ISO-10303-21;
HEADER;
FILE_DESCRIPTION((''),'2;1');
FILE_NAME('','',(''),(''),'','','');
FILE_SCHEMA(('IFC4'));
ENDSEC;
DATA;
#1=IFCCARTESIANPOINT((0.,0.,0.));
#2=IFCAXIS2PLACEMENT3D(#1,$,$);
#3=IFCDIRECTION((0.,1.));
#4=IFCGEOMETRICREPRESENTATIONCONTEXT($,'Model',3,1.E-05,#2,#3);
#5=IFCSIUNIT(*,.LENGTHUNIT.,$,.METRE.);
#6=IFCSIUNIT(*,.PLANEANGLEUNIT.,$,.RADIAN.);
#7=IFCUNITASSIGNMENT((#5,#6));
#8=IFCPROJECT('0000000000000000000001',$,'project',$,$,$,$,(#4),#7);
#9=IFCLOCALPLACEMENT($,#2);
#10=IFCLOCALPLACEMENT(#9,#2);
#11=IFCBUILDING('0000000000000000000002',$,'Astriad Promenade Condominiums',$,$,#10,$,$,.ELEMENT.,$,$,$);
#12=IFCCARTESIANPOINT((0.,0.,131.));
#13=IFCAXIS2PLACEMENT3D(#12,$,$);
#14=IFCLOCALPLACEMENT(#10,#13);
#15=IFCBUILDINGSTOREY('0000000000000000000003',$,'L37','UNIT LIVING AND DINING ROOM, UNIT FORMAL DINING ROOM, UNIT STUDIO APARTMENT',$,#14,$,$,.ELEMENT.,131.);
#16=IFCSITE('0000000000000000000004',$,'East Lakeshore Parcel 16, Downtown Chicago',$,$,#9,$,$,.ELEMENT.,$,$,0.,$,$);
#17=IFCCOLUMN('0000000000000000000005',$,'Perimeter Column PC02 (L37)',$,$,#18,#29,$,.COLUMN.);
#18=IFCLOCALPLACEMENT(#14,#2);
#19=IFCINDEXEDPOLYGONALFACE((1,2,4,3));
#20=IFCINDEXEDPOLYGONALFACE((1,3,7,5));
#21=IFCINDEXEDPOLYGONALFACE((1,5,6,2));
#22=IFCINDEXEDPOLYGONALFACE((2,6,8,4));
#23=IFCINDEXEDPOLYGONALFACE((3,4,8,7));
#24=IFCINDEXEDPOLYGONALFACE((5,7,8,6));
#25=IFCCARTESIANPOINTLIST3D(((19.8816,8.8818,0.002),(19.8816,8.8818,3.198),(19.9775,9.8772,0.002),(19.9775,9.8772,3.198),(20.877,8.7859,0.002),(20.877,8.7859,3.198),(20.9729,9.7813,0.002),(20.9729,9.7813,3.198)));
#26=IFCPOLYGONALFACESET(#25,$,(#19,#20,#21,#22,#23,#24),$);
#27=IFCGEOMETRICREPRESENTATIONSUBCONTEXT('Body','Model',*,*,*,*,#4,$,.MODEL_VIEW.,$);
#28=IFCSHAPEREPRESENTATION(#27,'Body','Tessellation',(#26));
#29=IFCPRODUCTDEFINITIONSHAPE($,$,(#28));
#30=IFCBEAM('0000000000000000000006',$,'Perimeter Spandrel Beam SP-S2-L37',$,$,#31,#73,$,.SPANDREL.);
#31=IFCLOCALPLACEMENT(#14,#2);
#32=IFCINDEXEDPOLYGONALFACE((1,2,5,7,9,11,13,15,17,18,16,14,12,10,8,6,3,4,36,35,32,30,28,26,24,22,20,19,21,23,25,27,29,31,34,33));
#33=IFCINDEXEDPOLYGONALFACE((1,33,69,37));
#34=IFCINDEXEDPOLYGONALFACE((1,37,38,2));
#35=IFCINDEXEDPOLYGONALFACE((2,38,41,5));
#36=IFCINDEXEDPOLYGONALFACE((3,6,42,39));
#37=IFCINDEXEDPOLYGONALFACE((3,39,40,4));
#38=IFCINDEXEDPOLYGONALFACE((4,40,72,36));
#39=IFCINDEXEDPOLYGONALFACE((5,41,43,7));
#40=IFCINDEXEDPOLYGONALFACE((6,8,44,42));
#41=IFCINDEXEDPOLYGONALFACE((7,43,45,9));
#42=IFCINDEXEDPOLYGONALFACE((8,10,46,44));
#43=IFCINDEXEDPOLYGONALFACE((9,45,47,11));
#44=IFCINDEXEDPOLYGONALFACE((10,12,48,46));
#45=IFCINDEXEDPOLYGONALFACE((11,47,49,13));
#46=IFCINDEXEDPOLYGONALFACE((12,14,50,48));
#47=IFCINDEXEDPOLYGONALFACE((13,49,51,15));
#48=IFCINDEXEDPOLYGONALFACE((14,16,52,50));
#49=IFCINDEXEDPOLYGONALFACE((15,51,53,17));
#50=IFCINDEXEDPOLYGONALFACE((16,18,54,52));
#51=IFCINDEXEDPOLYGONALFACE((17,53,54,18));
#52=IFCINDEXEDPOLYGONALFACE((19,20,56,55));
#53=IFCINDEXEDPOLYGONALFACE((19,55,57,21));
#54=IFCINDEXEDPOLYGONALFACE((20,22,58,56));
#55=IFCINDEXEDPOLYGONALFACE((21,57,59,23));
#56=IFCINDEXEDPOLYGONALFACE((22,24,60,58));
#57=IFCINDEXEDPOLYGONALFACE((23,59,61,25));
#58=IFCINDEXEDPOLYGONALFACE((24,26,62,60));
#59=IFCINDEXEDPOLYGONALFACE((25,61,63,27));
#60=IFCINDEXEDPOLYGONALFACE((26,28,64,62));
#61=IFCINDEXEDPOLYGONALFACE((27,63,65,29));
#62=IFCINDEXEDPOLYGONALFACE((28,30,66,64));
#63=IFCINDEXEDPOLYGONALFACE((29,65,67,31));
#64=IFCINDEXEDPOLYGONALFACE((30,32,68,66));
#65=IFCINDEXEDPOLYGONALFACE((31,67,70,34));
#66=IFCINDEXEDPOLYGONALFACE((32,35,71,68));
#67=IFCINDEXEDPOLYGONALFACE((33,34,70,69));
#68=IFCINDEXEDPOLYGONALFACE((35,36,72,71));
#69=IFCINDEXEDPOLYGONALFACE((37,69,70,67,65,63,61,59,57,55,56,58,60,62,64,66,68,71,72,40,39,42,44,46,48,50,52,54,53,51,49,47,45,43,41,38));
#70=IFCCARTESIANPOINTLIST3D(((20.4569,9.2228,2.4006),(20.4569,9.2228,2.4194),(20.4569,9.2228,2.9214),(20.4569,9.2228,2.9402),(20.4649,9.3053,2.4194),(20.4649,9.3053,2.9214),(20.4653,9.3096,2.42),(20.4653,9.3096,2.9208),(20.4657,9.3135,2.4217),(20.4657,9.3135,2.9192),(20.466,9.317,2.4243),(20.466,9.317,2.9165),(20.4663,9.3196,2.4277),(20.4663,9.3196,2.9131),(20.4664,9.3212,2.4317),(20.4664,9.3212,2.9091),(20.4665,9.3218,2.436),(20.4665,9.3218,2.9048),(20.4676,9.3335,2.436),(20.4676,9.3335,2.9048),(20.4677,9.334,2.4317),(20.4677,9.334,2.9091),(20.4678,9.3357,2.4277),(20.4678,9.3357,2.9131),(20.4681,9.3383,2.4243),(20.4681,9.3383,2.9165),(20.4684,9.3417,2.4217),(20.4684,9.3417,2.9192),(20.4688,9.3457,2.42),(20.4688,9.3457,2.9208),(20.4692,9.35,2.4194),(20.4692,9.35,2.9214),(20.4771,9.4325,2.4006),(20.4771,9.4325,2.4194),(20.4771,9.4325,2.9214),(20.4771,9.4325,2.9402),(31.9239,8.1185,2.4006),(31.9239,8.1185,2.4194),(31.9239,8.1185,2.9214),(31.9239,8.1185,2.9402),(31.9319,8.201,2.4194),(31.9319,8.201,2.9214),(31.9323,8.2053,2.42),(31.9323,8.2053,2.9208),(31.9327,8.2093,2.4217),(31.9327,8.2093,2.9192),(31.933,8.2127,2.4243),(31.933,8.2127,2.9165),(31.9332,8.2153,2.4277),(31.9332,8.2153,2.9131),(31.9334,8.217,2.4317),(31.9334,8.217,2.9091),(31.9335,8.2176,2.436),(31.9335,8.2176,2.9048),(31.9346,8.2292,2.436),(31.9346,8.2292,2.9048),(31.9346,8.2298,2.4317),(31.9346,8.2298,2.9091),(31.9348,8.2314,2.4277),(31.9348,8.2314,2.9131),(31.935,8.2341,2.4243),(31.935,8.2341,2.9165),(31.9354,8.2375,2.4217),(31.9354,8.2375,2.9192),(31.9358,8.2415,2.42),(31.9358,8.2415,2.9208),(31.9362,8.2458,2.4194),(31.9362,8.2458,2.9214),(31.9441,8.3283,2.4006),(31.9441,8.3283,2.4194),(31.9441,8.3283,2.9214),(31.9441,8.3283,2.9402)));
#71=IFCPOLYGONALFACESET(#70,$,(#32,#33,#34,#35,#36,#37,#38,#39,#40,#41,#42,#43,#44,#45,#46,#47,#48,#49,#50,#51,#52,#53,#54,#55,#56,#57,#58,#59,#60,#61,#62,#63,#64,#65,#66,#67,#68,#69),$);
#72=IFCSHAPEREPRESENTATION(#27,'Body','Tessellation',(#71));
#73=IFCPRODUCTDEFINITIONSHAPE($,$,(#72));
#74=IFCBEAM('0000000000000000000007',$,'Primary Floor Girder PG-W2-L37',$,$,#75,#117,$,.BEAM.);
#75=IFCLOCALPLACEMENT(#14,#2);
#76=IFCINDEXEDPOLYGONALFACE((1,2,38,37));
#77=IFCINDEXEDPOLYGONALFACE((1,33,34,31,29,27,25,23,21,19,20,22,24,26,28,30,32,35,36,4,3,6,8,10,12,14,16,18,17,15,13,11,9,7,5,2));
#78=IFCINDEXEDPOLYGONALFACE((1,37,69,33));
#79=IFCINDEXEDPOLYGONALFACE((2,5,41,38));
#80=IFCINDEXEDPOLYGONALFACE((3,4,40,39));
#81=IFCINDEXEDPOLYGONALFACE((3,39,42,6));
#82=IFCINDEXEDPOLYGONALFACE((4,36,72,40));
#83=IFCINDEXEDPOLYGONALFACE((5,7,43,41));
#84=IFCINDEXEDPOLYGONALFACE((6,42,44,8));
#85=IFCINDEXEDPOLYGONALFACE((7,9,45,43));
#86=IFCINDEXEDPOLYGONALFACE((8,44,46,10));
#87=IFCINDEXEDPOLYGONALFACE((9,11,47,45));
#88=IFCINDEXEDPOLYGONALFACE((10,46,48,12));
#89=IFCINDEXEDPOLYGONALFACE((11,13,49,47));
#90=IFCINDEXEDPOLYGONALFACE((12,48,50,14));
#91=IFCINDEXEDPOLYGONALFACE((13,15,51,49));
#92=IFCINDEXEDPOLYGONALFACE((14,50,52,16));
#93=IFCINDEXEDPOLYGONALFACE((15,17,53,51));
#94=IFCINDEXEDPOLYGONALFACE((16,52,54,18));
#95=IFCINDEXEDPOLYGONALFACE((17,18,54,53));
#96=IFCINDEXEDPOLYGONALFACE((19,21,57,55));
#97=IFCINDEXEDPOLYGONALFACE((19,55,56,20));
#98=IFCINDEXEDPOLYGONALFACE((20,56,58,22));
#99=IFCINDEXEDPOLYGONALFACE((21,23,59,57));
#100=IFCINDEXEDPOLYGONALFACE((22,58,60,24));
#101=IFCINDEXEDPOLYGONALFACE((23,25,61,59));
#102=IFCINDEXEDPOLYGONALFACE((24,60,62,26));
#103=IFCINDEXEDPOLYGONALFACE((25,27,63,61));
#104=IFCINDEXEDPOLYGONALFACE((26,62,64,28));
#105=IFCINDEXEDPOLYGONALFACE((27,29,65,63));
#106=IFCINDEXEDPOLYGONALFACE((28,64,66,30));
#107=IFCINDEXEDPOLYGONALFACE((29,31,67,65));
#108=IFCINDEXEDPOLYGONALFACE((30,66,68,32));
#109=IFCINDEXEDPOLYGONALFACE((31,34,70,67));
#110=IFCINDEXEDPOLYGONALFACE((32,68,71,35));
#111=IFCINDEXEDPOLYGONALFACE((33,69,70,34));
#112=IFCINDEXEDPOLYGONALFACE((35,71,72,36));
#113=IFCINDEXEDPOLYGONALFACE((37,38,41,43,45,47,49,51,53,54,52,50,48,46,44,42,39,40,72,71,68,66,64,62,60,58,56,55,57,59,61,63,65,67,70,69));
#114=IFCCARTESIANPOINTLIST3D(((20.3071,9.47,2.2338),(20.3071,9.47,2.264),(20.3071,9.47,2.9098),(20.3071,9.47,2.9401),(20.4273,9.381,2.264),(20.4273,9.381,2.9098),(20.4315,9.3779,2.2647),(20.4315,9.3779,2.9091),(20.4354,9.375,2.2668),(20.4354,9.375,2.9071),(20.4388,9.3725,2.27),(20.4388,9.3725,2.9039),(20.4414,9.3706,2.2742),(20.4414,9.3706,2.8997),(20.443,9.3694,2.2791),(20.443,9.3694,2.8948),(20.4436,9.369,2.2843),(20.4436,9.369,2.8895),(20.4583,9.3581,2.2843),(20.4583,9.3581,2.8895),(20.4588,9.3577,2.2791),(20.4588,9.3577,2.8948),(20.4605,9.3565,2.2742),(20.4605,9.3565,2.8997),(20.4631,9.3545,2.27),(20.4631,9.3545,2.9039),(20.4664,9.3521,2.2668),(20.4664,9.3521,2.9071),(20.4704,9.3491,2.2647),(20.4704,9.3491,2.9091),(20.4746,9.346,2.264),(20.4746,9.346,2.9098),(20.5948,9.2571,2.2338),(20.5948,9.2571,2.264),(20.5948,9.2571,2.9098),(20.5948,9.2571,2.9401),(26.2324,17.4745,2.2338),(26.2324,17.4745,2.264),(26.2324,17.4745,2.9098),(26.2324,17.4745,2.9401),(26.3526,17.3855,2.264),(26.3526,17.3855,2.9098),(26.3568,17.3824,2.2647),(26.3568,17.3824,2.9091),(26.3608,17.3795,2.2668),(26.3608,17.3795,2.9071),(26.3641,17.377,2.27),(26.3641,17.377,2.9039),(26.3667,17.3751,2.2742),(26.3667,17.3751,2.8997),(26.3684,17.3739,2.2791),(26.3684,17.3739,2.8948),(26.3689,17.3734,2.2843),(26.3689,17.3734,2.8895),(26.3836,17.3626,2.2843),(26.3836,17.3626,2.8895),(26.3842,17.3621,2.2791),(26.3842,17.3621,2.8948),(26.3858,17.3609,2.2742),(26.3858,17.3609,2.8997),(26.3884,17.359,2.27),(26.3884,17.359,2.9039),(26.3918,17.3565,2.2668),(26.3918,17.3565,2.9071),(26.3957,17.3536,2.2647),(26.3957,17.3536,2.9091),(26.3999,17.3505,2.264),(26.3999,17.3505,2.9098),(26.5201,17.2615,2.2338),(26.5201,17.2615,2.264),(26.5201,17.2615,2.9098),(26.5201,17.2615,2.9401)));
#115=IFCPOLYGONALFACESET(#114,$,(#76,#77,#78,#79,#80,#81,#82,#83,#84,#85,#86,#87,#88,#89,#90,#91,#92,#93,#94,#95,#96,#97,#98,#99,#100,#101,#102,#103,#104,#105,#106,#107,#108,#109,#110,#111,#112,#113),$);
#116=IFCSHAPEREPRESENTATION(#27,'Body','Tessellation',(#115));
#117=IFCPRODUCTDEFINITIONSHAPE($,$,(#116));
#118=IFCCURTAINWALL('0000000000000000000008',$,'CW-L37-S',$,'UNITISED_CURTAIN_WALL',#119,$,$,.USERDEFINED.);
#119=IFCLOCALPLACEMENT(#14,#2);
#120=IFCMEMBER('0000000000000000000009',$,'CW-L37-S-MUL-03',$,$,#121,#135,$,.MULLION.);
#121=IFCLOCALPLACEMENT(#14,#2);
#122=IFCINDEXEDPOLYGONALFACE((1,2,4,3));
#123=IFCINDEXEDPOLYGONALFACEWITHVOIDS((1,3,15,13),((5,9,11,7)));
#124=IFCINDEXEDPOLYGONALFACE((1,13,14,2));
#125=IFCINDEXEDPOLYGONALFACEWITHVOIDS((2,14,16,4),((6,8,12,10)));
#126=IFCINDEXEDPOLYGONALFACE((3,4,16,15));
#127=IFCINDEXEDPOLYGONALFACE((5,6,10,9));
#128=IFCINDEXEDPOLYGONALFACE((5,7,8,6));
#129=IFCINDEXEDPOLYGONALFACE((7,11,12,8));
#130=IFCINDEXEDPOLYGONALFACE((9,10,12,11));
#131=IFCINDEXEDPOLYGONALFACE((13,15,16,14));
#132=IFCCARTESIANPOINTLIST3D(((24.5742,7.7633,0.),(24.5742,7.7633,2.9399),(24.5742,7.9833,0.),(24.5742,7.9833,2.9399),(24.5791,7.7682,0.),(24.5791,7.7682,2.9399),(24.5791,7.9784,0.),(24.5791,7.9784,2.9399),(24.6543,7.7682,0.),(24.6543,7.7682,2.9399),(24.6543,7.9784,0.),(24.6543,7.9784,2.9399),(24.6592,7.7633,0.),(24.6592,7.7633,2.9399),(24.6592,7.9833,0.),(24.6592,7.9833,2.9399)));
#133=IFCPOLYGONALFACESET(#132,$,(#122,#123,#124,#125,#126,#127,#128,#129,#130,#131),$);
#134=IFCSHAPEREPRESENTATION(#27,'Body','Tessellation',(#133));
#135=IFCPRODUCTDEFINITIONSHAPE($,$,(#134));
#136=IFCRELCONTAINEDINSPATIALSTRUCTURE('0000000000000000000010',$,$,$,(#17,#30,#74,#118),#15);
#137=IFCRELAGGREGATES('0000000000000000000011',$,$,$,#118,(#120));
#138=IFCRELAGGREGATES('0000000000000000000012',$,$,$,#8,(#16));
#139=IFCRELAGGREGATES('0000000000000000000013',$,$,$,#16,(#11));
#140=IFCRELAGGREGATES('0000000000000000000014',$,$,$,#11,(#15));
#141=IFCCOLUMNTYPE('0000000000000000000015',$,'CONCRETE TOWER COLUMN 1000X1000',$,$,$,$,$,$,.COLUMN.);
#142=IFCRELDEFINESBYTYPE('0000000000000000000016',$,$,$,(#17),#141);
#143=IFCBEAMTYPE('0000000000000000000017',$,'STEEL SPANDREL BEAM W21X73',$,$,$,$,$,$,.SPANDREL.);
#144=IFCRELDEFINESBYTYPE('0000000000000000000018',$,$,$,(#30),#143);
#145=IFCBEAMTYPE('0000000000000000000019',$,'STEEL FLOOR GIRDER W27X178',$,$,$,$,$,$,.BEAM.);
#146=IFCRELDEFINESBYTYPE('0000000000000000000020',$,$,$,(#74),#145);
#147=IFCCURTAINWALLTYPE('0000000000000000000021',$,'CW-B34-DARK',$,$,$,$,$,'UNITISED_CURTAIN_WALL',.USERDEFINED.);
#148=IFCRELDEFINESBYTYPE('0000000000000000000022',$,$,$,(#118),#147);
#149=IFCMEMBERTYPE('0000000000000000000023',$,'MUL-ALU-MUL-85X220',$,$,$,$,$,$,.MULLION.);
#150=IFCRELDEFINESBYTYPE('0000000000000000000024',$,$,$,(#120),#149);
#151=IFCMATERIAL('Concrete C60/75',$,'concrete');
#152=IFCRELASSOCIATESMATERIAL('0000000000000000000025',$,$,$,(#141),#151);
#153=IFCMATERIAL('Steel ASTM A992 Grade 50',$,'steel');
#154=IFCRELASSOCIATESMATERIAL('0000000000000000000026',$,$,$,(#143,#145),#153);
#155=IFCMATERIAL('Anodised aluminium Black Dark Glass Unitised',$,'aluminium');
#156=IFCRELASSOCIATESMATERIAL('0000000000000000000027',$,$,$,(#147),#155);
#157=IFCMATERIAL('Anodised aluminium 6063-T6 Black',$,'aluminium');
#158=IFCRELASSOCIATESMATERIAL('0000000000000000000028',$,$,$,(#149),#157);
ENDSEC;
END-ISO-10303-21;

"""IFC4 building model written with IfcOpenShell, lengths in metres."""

from ifc_helpers import new_model, si_unit, direction, frame, origin, origin_2d, place, context, subcontext, project, spatial, rectangle, hollow_rectangle, i_section, extrude, source, transform, mapped, material, material_profile, profile_set, type_object, type_shapes, element, aggregate, save


model = new_model("IFC4")

# Units and contexts
model_context = context("Model", 3, precision=1e-05, world=origin(), true_north=direction((0.0, 1.0)))
body_context = subcontext(model_context, "Body", "Model", "MODEL_VIEW")
ifc_project = project(units=[si_unit("LENGTHUNIT", "METRE"), si_unit("PLANEANGLEUNIT", "RADIAN")], contexts=[model_context])

# Site, building, storey
site_placement = place(None, origin())
site = spatial("IfcSite", under=ifc_project, at=site_placement, Name="East Lakeshore Parcel 16, Downtown Chicago", CompositionType="ELEMENT", RefElevation=0.0)
building_placement = place(site_placement, origin())
building = spatial("IfcBuilding", under=site, at=building_placement, Name="Astriad Promenade Condominiums", CompositionType="ELEMENT")
storey_placement = place(building_placement, frame((0.0, 0.0, 131.0)))
storey = spatial("IfcBuildingStorey", under=building, at=storey_placement, Name="L37", Description="UNIT LIVING AND DINING ROOM, UNIT FORMAL DINING ROOM, UNIT STUDIO APARTMENT", CompositionType="ELEMENT", Elevation=131.0)

# Column
ifc_material_1 = material(Name="Concrete C60/75", Category="concrete")
ifc_material_profile_1 = material_profile(ifc_material_1, rectangle(XDim=1.0, YDim=1.0, at=origin_2d()), Name="RC-COL-1000X1000")
ifc_profile_set_1 = profile_set([ifc_material_profile_1], Name="Concrete C60/75")
column_type = type_object("IfcColumnType", Name="CONCRETE TOWER COLUMN 1000X1000", PredefinedType="COLUMN", material=ifc_profile_set_1)
shared_shape_1 = source(origin(), body_context, "Body", "SweptSolid", [
    extrude(rectangle(XDim=1.0, YDim=1.0, at=origin_2d()), origin(), (0.0, 0.0, 1.0), 3.196),
])
type_shapes(column_type, [shared_shape_1])
column_placement = place(storey_placement, frame((20.4272, 9.3315, 0.002), z_axis=(0.0, 0.0, 1.0), x_axis=(0.995396, -0.095846, 0.0)))
element("IfcColumn", 1, at=column_placement, inside=storey, type_object=column_type, Name="Perimeter Column PC02 (L37)", PredefinedType="COLUMN", context=body_context, shape_type="MappedRepresentation", body=[
    mapped(shared_shape_1, transform((0.0, 0.0, 0.0), scale=1.0)),
])

# Beams
ifc_material_2 = material(Name="Steel ASTM A992 Grade 50", Category="steel")
ifc_material_profile_2 = material_profile(ifc_material_2, i_section(OverallWidth=0.2107, OverallDepth=0.5396, WebThickness=0.0117, FlangeThickness=0.0188, FilletRadius=0.0166, at=origin_2d()), Name="W21X73")
ifc_profile_set_2 = profile_set([ifc_material_profile_2], Name="Steel ASTM A992 Grade 50")
beam_type_1 = type_object("IfcBeamType", Name="STEEL SPANDREL BEAM W21X73", PredefinedType="SPANDREL", material=ifc_profile_set_2)
shared_shape_2 = source(origin(), body_context, "Body", "SweptSolid", [
    extrude(i_section(OverallWidth=0.2107, OverallDepth=0.5396, WebThickness=0.0117, FlangeThickness=0.0188, FilletRadius=0.0166, at=origin_2d()), origin(), (0.0, 0.0, 1.0), 11.52),
])
type_shapes(beam_type_1, [shared_shape_2])
beam_1_placement = place(storey_placement, frame((20.467, 9.3276, 2.6704), z_axis=(0.995395, -0.095854, 0.0), x_axis=(0.095854, 0.995395, 0.0)))
element("IfcBeam", 2, at=beam_1_placement, inside=storey, type_object=beam_type_1, Name="Perimeter Spandrel Beam SP-S2-L37", PredefinedType="SPANDREL", context=body_context, shape_type="MappedRepresentation", body=[
    mapped(shared_shape_2, transform((0.0, 0.0, 0.0), scale=1.0)),
])
ifc_material_profile_3 = material_profile(ifc_material_2, i_section(OverallWidth=0.3579, OverallDepth=0.7063, WebThickness=0.0183, FlangeThickness=0.0303, FilletRadius=0.0203, at=origin_2d()), Name="W27X178")
ifc_profile_set_3 = profile_set([ifc_material_profile_3], Name="Steel ASTM A992 Grade 50")
beam_type_2 = type_object("IfcBeamType", Name="STEEL FLOOR GIRDER W27X178", PredefinedType="BEAM", material=ifc_profile_set_3)
shared_shape_3 = source(origin(), body_context, "Body", "SweptSolid", [
    extrude(i_section(OverallWidth=0.3579, OverallDepth=0.7063, WebThickness=0.0183, FlangeThickness=0.0303, FilletRadius=0.0203, at=origin_2d()), origin(), (0.0, 0.0, 1.0), 9.959),
])
type_shapes(beam_type_2, [shared_shape_3])
beam_2_placement = place(storey_placement, frame((20.4509, 9.3635, 2.5869), z_axis=(0.594975, 0.803744, 0.0), x_axis=(-0.803744, 0.594975, 0.0)))
element("IfcBeam", 3, at=beam_2_placement, inside=storey, type_object=beam_type_2, Name="Primary Floor Girder PG-W2-L37", PredefinedType="BEAM", context=body_context, shape_type="MappedRepresentation", body=[
    mapped(shared_shape_3, transform((0.0, 0.0, 0.0), scale=1.0)),
])

# Curtain wall, member
ifc_material_3 = material(Name="Anodised aluminium Black Dark Glass Unitised", Category="aluminium")
curtain_wall_type = type_object("IfcCurtainWallType", Name="CW-B34-DARK", ElementType="UNITISED_CURTAIN_WALL", PredefinedType="USERDEFINED", material=ifc_material_3)
curtain_wall_placement = place(storey_placement, origin())
curtain_wall = element("IfcCurtainWall", 4, at=curtain_wall_placement, inside=storey, type_object=curtain_wall_type, Name="CW-L37-S", ObjectType="UNITISED_CURTAIN_WALL", PredefinedType="USERDEFINED")
ifc_material_4 = material(Name="Anodised aluminium 6063-T6 Black", Category="aluminium")
ifc_material_profile_4 = material_profile(ifc_material_4, hollow_rectangle(XDim=0.085, YDim=0.22, WallThickness=0.0049, at=origin_2d()), Name="ALU-MUL-85X220")
ifc_profile_set_4 = profile_set([ifc_material_profile_4], Name="Anodised aluminium 6063-T6 Black")
member_type = type_object("IfcMemberType", Name="MUL-ALU-MUL-85X220", PredefinedType="MULLION", material=ifc_profile_set_4)
shared_shape_4 = source(origin(), body_context, "Body", "SweptSolid", [
    extrude(hollow_rectangle(XDim=0.085, YDim=0.22, WallThickness=0.0049, at=origin_2d()), origin(), (0.0, 0.0, 1.0), 2.9399),
])
type_shapes(member_type, [shared_shape_4])
member_placement = place(storey_placement, frame((24.6167, 7.8733, 0.0), z_axis=(0.0, 0.0, 1.0), x_axis=(1.0, 0.0, 0.0)))
member = element("IfcMember", 5, at=member_placement, type_object=member_type, Name="CW-L37-S-MUL-03", PredefinedType="MULLION", context=body_context, shape_type="MappedRepresentation", body=[
    mapped(shared_shape_4, transform((0.0, 0.0, 0.0), scale=1.0)),
])
aggregate(curtain_wall, [member])

save(model, "model.ifc")
